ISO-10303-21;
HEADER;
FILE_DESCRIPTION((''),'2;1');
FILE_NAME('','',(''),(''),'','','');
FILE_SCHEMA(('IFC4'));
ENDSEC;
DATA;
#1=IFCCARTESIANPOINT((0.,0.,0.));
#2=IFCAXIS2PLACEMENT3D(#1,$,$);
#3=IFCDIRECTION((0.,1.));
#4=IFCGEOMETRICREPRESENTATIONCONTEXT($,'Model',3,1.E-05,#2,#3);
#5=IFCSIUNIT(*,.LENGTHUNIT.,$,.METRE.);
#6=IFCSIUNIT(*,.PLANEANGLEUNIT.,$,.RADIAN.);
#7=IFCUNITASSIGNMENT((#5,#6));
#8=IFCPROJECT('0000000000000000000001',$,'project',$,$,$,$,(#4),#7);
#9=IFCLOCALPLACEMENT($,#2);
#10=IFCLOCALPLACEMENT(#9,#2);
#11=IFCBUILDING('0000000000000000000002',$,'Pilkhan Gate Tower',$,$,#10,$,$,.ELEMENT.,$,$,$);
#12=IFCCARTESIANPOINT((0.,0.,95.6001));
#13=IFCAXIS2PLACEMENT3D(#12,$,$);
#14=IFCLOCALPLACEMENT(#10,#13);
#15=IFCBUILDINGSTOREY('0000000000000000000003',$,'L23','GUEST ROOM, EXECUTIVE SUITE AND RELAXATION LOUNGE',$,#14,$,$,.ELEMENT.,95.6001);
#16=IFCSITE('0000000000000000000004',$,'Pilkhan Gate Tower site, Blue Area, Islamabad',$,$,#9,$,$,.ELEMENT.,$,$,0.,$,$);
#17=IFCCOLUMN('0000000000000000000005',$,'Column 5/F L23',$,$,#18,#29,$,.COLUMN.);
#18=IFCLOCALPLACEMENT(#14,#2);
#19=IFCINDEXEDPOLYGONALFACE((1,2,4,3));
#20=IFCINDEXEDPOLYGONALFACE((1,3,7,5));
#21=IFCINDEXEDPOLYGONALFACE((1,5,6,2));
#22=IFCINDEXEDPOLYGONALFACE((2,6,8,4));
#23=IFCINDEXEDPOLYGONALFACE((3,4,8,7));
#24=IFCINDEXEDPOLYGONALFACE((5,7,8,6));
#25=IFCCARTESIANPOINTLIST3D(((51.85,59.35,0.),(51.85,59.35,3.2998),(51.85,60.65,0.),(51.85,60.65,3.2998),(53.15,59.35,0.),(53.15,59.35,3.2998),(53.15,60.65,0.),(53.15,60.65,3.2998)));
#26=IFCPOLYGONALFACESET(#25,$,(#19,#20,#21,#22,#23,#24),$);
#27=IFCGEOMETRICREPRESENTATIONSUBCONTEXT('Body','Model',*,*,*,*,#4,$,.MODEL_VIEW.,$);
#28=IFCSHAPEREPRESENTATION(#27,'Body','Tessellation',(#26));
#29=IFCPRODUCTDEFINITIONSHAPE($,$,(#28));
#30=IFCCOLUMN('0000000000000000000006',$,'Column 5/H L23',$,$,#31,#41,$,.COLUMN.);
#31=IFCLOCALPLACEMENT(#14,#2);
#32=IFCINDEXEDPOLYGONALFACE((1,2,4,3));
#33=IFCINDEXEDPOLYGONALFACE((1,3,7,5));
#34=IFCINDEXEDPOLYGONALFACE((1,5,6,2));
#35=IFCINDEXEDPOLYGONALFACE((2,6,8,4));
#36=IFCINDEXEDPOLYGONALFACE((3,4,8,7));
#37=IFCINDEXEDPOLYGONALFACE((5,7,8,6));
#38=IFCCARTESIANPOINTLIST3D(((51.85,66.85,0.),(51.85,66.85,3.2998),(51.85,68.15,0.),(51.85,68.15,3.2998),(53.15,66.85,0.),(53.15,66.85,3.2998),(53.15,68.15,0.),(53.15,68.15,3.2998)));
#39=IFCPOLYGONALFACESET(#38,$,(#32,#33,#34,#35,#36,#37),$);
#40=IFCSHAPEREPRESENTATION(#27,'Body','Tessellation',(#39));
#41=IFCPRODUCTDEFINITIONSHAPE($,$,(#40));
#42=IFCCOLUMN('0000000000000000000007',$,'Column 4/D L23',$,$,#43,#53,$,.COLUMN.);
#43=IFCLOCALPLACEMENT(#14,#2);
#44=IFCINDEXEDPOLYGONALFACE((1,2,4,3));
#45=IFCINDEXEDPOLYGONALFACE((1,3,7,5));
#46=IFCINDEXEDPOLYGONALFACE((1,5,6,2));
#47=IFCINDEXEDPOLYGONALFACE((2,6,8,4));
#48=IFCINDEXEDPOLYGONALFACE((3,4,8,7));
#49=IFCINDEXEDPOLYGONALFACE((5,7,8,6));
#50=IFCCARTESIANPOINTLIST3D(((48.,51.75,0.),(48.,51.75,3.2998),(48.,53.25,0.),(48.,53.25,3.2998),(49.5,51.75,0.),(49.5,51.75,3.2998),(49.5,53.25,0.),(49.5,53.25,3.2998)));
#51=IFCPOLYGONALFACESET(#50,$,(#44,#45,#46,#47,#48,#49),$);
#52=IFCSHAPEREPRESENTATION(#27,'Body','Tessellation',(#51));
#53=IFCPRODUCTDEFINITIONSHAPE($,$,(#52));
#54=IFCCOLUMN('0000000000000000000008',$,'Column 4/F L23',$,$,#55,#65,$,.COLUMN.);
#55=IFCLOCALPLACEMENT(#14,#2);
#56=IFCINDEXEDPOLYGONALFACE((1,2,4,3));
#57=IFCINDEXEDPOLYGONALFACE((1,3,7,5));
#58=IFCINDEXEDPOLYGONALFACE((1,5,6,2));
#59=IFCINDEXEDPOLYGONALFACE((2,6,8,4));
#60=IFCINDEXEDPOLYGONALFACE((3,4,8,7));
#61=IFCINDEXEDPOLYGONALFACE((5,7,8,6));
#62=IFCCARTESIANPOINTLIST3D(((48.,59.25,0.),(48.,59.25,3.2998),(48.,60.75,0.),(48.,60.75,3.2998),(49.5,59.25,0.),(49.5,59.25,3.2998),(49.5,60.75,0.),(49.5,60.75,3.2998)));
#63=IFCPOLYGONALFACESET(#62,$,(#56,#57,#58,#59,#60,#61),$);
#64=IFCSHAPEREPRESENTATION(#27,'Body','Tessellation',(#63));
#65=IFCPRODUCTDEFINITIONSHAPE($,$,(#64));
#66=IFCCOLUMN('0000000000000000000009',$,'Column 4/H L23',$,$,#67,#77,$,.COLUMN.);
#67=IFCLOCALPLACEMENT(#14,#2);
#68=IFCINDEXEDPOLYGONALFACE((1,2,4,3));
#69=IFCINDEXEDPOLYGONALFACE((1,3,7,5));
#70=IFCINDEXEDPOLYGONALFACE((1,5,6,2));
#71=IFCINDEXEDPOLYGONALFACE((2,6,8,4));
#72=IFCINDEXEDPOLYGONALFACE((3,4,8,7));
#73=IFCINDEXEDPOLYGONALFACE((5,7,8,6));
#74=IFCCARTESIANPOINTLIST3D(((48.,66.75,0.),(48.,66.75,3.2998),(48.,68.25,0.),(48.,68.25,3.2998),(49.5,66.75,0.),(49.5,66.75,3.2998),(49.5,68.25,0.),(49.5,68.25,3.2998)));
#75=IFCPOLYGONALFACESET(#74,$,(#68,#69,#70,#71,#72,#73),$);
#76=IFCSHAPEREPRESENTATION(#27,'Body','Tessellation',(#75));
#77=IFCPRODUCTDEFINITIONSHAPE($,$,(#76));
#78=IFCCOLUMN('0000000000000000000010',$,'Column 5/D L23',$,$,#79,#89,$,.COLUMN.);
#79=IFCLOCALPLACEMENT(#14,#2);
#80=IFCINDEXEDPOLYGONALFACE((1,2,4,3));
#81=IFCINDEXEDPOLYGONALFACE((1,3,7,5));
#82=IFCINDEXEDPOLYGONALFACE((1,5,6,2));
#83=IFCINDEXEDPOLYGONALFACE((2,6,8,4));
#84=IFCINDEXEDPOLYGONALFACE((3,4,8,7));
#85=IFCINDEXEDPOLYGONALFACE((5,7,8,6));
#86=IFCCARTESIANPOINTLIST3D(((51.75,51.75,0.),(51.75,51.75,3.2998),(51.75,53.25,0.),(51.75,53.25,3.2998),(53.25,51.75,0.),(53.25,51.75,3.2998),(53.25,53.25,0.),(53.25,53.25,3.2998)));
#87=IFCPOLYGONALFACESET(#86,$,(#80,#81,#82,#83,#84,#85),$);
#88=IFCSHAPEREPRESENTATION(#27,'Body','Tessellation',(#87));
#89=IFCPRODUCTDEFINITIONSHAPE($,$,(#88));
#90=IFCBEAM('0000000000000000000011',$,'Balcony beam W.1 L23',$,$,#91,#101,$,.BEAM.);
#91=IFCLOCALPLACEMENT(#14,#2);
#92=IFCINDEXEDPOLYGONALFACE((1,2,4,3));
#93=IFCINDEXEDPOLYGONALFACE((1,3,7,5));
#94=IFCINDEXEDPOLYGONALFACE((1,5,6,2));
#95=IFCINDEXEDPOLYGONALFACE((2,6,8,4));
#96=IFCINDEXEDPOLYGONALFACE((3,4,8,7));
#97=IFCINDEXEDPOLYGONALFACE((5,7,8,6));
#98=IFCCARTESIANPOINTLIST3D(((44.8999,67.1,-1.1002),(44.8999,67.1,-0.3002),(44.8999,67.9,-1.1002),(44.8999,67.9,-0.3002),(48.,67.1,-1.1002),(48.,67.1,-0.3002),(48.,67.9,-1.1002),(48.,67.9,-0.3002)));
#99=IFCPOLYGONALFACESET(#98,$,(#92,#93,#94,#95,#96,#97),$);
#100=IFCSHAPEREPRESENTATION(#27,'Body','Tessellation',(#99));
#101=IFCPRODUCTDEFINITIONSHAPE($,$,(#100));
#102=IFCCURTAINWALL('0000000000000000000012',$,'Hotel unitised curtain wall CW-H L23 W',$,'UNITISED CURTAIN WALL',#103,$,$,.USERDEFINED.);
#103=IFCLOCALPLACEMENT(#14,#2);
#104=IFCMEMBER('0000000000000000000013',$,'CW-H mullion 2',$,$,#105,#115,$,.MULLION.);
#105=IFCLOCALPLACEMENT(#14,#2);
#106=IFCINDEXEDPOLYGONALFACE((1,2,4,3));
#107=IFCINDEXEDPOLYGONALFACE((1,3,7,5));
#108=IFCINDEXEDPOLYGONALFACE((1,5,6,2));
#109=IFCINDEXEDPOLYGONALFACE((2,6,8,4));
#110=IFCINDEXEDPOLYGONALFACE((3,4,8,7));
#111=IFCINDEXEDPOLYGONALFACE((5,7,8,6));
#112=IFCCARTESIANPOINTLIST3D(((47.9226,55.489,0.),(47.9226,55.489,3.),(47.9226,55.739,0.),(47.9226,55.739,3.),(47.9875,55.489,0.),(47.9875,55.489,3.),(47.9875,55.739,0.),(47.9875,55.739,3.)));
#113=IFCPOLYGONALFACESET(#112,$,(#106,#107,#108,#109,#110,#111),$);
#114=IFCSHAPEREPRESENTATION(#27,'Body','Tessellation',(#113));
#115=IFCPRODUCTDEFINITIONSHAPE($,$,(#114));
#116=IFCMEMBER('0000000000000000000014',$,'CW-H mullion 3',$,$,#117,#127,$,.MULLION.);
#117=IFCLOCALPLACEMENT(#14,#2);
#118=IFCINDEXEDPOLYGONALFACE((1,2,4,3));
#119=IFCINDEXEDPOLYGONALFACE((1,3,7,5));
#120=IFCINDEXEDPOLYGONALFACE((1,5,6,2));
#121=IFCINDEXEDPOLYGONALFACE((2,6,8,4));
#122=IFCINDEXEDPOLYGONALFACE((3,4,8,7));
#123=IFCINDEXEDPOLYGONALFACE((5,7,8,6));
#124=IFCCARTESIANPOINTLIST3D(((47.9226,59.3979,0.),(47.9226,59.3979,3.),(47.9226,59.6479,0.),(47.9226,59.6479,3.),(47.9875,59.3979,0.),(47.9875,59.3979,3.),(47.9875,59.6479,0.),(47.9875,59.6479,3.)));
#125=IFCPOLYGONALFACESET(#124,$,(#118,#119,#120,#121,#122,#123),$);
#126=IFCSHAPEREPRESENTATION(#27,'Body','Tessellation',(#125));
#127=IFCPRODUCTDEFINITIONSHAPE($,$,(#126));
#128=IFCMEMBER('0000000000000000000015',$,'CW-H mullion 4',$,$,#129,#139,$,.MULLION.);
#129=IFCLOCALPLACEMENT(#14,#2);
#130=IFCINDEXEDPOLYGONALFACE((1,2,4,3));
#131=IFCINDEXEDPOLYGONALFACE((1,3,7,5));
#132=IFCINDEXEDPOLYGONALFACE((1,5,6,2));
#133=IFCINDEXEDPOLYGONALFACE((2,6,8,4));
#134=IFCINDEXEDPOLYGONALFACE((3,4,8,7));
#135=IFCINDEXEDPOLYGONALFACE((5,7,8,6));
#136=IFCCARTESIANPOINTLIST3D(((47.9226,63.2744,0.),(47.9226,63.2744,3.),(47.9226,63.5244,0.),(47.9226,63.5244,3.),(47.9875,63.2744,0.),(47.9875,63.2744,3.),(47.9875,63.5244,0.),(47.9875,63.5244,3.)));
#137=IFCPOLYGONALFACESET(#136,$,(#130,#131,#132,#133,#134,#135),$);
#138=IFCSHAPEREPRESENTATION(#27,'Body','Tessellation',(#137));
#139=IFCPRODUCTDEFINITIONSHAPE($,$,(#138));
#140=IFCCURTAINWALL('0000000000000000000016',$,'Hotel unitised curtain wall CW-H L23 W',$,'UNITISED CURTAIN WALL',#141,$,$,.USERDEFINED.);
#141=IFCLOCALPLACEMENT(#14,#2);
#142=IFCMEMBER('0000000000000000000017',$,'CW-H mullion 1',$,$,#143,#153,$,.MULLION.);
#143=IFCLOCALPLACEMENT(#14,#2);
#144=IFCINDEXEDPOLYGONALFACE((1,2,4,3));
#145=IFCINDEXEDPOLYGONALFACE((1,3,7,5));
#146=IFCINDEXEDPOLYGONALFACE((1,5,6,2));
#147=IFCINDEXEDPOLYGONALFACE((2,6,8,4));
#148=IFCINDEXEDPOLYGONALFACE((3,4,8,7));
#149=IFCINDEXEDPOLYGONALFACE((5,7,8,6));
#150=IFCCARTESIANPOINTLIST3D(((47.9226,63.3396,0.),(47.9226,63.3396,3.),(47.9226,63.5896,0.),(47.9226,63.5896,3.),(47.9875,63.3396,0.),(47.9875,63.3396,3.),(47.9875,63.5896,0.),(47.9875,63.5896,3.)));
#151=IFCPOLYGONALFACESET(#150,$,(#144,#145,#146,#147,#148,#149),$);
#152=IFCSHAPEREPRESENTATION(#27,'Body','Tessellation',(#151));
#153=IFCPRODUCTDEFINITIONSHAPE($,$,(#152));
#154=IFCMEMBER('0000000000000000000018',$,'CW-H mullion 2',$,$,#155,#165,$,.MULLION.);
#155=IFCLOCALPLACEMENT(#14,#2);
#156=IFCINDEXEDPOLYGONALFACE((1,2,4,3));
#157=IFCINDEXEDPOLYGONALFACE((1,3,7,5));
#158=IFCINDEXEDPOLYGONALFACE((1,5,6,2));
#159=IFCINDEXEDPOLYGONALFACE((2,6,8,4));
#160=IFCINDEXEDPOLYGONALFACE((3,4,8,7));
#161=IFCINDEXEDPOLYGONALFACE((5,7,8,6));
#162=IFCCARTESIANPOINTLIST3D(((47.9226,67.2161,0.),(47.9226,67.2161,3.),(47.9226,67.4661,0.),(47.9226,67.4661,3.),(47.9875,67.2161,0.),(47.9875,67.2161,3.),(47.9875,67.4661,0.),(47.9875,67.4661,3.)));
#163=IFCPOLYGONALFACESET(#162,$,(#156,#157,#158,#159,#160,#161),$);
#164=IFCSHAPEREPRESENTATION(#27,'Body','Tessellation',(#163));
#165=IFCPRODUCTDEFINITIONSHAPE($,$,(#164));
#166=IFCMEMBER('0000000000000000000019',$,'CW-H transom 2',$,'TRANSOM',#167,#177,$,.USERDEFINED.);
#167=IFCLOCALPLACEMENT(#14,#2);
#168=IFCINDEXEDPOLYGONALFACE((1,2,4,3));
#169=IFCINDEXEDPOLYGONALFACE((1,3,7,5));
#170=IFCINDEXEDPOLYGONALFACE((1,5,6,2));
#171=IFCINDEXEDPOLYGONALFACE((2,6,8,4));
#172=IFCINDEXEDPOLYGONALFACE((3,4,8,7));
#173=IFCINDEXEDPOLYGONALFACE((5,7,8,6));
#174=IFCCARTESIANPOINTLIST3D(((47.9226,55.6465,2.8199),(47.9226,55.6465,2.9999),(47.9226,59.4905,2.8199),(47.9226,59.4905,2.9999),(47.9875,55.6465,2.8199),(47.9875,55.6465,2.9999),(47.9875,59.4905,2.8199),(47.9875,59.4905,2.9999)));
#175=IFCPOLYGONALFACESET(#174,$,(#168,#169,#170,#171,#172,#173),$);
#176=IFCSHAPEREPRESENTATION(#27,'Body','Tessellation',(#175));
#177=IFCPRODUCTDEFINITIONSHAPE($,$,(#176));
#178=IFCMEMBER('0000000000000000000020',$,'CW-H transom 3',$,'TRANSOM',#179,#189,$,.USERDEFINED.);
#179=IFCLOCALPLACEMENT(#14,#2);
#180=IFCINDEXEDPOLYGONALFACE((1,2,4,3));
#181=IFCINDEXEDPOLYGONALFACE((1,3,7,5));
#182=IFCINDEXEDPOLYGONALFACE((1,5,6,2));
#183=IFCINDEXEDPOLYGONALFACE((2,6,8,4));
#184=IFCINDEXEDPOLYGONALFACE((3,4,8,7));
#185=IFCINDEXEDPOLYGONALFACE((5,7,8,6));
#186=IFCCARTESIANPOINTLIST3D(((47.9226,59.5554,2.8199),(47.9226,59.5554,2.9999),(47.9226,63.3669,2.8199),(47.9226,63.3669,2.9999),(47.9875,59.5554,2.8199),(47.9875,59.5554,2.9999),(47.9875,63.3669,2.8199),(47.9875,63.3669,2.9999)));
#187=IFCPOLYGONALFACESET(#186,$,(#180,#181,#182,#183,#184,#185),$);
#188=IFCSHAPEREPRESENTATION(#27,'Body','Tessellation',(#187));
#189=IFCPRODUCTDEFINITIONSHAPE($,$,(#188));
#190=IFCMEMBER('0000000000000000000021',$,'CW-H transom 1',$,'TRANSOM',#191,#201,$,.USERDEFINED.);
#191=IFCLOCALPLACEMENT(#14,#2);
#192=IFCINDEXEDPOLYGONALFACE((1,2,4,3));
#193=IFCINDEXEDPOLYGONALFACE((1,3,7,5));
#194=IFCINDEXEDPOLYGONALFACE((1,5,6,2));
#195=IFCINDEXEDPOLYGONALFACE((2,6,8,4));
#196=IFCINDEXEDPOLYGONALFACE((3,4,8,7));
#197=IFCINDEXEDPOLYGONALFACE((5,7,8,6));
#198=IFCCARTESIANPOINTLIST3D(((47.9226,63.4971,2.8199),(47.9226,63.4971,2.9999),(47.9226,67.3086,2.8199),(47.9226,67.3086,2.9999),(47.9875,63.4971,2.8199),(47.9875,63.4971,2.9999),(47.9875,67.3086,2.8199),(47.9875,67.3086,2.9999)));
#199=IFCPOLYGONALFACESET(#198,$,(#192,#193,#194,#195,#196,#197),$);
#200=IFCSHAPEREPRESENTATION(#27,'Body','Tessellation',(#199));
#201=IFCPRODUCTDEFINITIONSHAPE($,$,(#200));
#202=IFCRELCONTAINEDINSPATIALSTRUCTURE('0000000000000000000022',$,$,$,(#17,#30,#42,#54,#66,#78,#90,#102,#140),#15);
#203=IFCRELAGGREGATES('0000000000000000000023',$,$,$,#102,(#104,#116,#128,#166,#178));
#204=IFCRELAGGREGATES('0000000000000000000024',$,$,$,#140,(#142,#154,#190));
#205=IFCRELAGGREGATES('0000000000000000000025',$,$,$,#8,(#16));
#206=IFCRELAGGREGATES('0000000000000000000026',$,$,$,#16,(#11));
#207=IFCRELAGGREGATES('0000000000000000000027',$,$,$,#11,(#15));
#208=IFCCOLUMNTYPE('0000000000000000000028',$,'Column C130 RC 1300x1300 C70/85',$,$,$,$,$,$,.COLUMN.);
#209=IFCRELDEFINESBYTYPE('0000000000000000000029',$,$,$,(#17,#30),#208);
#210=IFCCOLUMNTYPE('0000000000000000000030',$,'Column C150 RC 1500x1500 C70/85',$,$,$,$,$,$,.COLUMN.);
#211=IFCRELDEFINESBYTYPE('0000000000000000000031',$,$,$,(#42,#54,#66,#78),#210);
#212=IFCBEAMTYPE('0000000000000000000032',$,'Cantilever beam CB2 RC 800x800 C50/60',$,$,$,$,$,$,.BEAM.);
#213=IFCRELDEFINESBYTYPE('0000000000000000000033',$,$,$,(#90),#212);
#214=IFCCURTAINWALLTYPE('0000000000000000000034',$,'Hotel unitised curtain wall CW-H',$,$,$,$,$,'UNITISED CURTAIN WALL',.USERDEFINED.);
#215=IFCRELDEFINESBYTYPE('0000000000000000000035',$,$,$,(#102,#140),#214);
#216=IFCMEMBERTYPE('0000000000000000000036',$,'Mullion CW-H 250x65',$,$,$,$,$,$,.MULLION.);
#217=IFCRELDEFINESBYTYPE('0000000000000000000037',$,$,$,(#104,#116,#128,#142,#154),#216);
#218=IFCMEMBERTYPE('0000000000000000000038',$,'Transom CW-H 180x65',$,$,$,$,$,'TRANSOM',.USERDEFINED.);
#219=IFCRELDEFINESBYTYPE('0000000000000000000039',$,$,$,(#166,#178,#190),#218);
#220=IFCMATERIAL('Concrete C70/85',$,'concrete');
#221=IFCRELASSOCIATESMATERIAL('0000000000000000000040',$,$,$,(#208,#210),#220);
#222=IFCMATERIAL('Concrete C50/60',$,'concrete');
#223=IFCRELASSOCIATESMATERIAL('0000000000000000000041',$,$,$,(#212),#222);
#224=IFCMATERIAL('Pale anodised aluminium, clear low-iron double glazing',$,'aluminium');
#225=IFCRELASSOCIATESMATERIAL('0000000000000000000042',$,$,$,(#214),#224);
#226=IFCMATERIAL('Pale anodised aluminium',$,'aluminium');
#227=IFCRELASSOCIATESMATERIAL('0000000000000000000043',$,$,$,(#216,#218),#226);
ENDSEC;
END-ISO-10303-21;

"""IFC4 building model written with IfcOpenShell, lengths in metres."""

from ifc_helpers import new_model, si_unit, direction, frame, origin, origin_2d, place, context, subcontext, project, spatial, rectangle, extrude, material, material_profile, profile_set, type_object, element, aggregate, save


model = new_model("IFC4")

# Units and contexts
model_context = context("Model", 3, precision=1e-05, world=origin(), true_north=direction((0.0, 1.0)))
body_context = subcontext(model_context, "Body", "Model", "MODEL_VIEW")
ifc_project = project(units=[si_unit("LENGTHUNIT", "METRE"), si_unit("PLANEANGLEUNIT", "RADIAN")], contexts=[model_context])

# Site, building, storey
site_placement = place(None, origin())
site = spatial("IfcSite", under=ifc_project, at=site_placement, Name="Pilkhan Gate Tower site, Blue Area, Islamabad", CompositionType="ELEMENT", RefElevation=0.0)
building_placement = place(site_placement, origin())
building = spatial("IfcBuilding", under=site, at=building_placement, Name="Pilkhan Gate Tower", CompositionType="ELEMENT")
storey_placement = place(building_placement, frame((0.0, 0.0, 95.6001)))
storey = spatial("IfcBuildingStorey", under=building, at=storey_placement, Name="L23", Description="GUEST ROOM, EXECUTIVE SUITE AND RELAXATION LOUNGE", CompositionType="ELEMENT", Elevation=95.6001)

# Columns
ifc_material_1 = material(Name="Concrete C70/85", Category="concrete")
ifc_material_profile_1 = material_profile(ifc_material_1, rectangle(XDim=1.3, YDim=1.3, at=origin_2d()), Name="RC 1300x1300")
ifc_profile_set_1 = profile_set([ifc_material_profile_1], Name="Concrete C70/85")
column_type_1 = type_object("IfcColumnType", Name="Column C130 RC 1300x1300 C70/85", PredefinedType="COLUMN", material=ifc_profile_set_1)
for number, where, z_axis, x_axis, name in (
    (1, (52.5, 60.0, 0.0), (0.0, 0.0, 1.0), (1.0, 0.0, 0.0), "Column 5/F L23"),
    (2, (52.5, 67.5, 0.0), (0.0, 0.0, 1.0), (1.0, 0.0, 0.0), "Column 5/H L23"),
):
    element("IfcColumn", number, at=place(storey_placement, frame(where, z_axis=z_axis, x_axis=x_axis)), inside=storey, type_object=column_type_1, Name=name, PredefinedType="COLUMN", context=body_context, shape_type="SweptSolid", body=[
        extrude(rectangle(XDim=1.3, YDim=1.3, at=origin_2d()), origin(), (0.0, 0.0, 1.0), 3.2998),
    ])
ifc_material_profile_2 = material_profile(ifc_material_1, rectangle(XDim=1.5, YDim=1.5, at=origin_2d()), Name="RC 1500x1500")
ifc_profile_set_2 = profile_set([ifc_material_profile_2], Name="Concrete C70/85")
column_type_2 = type_object("IfcColumnType", Name="Column C150 RC 1500x1500 C70/85", PredefinedType="COLUMN", material=ifc_profile_set_2)
for number, where, z_axis, x_axis, name in (
    (3, (48.75, 52.5, 0.0), (0.0, 0.0, 1.0), (1.0, 0.0, 0.0), "Column 4/D L23"),
    (4, (48.75, 60.0, 0.0), (0.0, 0.0, 1.0), (1.0, 0.0, 0.0), "Column 4/F L23"),
    (5, (48.75, 67.5, 0.0), (0.0, 0.0, 1.0), (1.0, 0.0, 0.0), "Column 4/H L23"),
    (6, (52.5, 52.5, 0.0), (0.0, 0.0, 1.0), (1.0, 0.0, 0.0), "Column 5/D L23"),
):
    element("IfcColumn", number, at=place(storey_placement, frame(where, z_axis=z_axis, x_axis=x_axis)), inside=storey, type_object=column_type_2, Name=name, PredefinedType="COLUMN", context=body_context, shape_type="SweptSolid", body=[
        extrude(rectangle(XDim=1.5, YDim=1.5, at=origin_2d()), origin(), (0.0, 0.0, 1.0), 3.2998),
    ])

# Beam
ifc_material_2 = material(Name="Concrete C50/60", Category="concrete")
ifc_material_profile_3 = material_profile(ifc_material_2, rectangle(XDim=0.8, YDim=0.8, at=origin_2d()), Name="RC 800x800")
ifc_profile_set_3 = profile_set([ifc_material_profile_3], Name="Concrete C50/60")
beam_type = type_object("IfcBeamType", Name="Cantilever beam CB2 RC 800x800 C50/60", PredefinedType="BEAM", material=ifc_profile_set_3)
beam_placement = place(storey_placement, frame((48.0, 67.5, -0.7002), z_axis=(-1.0, 0.0, 0.0), x_axis=(0.0, -1.0, 0.0)))
element("IfcBeam", 7, at=beam_placement, inside=storey, type_object=beam_type, Name="Balcony beam W.1 L23", PredefinedType="BEAM", context=body_context, shape_type="SweptSolid", body=[
    extrude(rectangle(XDim=0.8, YDim=0.8, at=origin_2d()), origin(), (0.0, 0.0, 1.0), 3.1001),
])

# Curtain walls, members
ifc_material_3 = material(Name="Pale anodised aluminium, clear low-iron double glazing", Category="aluminium")
curtain_wall_type = type_object("IfcCurtainWallType", Name="Hotel unitised curtain wall CW-H", ElementType="UNITISED CURTAIN WALL", PredefinedType="USERDEFINED", material=ifc_material_3)
curtain_wall_1_placement = place(storey_placement, origin())
curtain_wall_1 = element("IfcCurtainWall", 8, at=curtain_wall_1_placement, inside=storey, type_object=curtain_wall_type, Name="Hotel unitised curtain wall CW-H L23 W", ObjectType="UNITISED CURTAIN WALL", PredefinedType="USERDEFINED")
ifc_material_4 = material(Name="Pale anodised aluminium", Category="aluminium")
ifc_material_profile_4 = material_profile(ifc_material_4, rectangle(XDim=0.0649, YDim=0.25, at=origin_2d()), Name="Mullion 250x65")
ifc_profile_set_4 = profile_set([ifc_material_profile_4], Name="Pale anodised aluminium")
member_type_1 = type_object("IfcMemberType", Name="Mullion CW-H 250x65", PredefinedType="MULLION", material=ifc_profile_set_4)
member_1_placement = place(storey_placement, frame((47.9551, 55.614, 0.0), z_axis=(0.0, 0.0, 1.0), x_axis=(-1.0, 0.0, 0.0)))
member_1 = element("IfcMember", 9, at=member_1_placement, type_object=member_type_1, Name="CW-H mullion 2", PredefinedType="MULLION", context=body_context, shape_type="SweptSolid", body=[
    extrude(rectangle(XDim=0.0649, YDim=0.25, at=origin_2d()), origin(), (0.0, 0.0, 1.0), 3.0),
])
member_2_placement = place(storey_placement, frame((47.9551, 59.5229, 0.0), z_axis=(0.0, 0.0, 1.0), x_axis=(-1.0, 0.0, 0.0)))
member_2 = element("IfcMember", 10, at=member_2_placement, type_object=member_type_1, Name="CW-H mullion 3", PredefinedType="MULLION", context=body_context, shape_type="SweptSolid", body=[
    extrude(rectangle(XDim=0.0649, YDim=0.25, at=origin_2d()), origin(), (0.0, 0.0, 1.0), 3.0),
])
member_3_placement = place(storey_placement, frame((47.9551, 63.3994, 0.0), z_axis=(0.0, 0.0, 1.0), x_axis=(-1.0, 0.0, 0.0)))
member_3 = element("IfcMember", 11, at=member_3_placement, type_object=member_type_1, Name="CW-H mullion 4", PredefinedType="MULLION", context=body_context, shape_type="SweptSolid", body=[
    extrude(rectangle(XDim=0.0649, YDim=0.25, at=origin_2d()), origin(), (0.0, 0.0, 1.0), 3.0),
])
curtain_wall_2_placement = place(storey_placement, origin())
curtain_wall_2 = element("IfcCurtainWall", 12, at=curtain_wall_2_placement, inside=storey, type_object=curtain_wall_type, Name="Hotel unitised curtain wall CW-H L23 W", ObjectType="UNITISED CURTAIN WALL", PredefinedType="USERDEFINED")
member_4_placement = place(storey_placement, frame((47.9551, 63.4646, 0.0), z_axis=(0.0, 0.0, 1.0), x_axis=(-1.0, 0.0, 0.0)))
member_4 = element("IfcMember", 13, at=member_4_placement, type_object=member_type_1, Name="CW-H mullion 1", PredefinedType="MULLION", context=body_context, shape_type="SweptSolid", body=[
    extrude(rectangle(XDim=0.0649, YDim=0.25, at=origin_2d()), origin(), (0.0, 0.0, 1.0), 3.0),
])
member_5_placement = place(storey_placement, frame((47.9551, 67.3411, 0.0), z_axis=(0.0, 0.0, 1.0), x_axis=(-1.0, 0.0, 0.0)))
member_5 = element("IfcMember", 14, at=member_5_placement, type_object=member_type_1, Name="CW-H mullion 2", PredefinedType="MULLION", context=body_context, shape_type="SweptSolid", body=[
    extrude(rectangle(XDim=0.0649, YDim=0.25, at=origin_2d()), origin(), (0.0, 0.0, 1.0), 3.0),
])

# Members
ifc_material_profile_5 = material_profile(ifc_material_4, rectangle(XDim=0.0649, YDim=0.1799, at=origin_2d()), Name="Transom 180x65")
ifc_profile_set_5 = profile_set([ifc_material_profile_5], Name="Pale anodised aluminium")
member_type_2 = type_object("IfcMemberType", Name="Transom CW-H 180x65", ElementType="TRANSOM", PredefinedType="USERDEFINED", material=ifc_profile_set_5)
member_6_placement = place(storey_placement, frame((47.9551, 55.6465, 2.9099), z_axis=(0.0, 1.0, 0.0), x_axis=(-1.0, 0.0, 0.0)))
member_6 = element("IfcMember", 15, at=member_6_placement, type_object=member_type_2, Name="CW-H transom 2", ObjectType="TRANSOM", PredefinedType="USERDEFINED", context=body_context, shape_type="SweptSolid", body=[
    extrude(rectangle(XDim=0.0649, YDim=0.1799, at=origin_2d()), origin(), (0.0, 0.0, 1.0), 3.844),
])
member_7_placement = place(storey_placement, frame((47.9551, 59.5554, 2.9099), z_axis=(0.0, 1.0, 0.0), x_axis=(-1.0, 0.0, 0.0)))
member_7 = element("IfcMember", 16, at=member_7_placement, type_object=member_type_2, Name="CW-H transom 3", ObjectType="TRANSOM", PredefinedType="USERDEFINED", context=body_context, shape_type="SweptSolid", body=[
    extrude(rectangle(XDim=0.0649, YDim=0.1799, at=origin_2d()), origin(), (0.0, 0.0, 1.0), 3.8115),
])
member_8_placement = place(storey_placement, frame((47.9551, 63.4971, 2.9099), z_axis=(0.0, 1.0, 0.0), x_axis=(-1.0, 0.0, 0.0)))
member_8 = element("IfcMember", 17, at=member_8_placement, type_object=member_type_2, Name="CW-H transom 1", ObjectType="TRANSOM", PredefinedType="USERDEFINED", context=body_context, shape_type="SweptSolid", body=[
    extrude(rectangle(XDim=0.0649, YDim=0.1799, at=origin_2d()), origin(), (0.0, 0.0, 1.0), 3.8115),
])

aggregate(curtain_wall_1, [member_1, member_2, member_3, member_6, member_7])
aggregate(curtain_wall_2, [member_4, member_5, member_8])

save(model, "model.ifc")
